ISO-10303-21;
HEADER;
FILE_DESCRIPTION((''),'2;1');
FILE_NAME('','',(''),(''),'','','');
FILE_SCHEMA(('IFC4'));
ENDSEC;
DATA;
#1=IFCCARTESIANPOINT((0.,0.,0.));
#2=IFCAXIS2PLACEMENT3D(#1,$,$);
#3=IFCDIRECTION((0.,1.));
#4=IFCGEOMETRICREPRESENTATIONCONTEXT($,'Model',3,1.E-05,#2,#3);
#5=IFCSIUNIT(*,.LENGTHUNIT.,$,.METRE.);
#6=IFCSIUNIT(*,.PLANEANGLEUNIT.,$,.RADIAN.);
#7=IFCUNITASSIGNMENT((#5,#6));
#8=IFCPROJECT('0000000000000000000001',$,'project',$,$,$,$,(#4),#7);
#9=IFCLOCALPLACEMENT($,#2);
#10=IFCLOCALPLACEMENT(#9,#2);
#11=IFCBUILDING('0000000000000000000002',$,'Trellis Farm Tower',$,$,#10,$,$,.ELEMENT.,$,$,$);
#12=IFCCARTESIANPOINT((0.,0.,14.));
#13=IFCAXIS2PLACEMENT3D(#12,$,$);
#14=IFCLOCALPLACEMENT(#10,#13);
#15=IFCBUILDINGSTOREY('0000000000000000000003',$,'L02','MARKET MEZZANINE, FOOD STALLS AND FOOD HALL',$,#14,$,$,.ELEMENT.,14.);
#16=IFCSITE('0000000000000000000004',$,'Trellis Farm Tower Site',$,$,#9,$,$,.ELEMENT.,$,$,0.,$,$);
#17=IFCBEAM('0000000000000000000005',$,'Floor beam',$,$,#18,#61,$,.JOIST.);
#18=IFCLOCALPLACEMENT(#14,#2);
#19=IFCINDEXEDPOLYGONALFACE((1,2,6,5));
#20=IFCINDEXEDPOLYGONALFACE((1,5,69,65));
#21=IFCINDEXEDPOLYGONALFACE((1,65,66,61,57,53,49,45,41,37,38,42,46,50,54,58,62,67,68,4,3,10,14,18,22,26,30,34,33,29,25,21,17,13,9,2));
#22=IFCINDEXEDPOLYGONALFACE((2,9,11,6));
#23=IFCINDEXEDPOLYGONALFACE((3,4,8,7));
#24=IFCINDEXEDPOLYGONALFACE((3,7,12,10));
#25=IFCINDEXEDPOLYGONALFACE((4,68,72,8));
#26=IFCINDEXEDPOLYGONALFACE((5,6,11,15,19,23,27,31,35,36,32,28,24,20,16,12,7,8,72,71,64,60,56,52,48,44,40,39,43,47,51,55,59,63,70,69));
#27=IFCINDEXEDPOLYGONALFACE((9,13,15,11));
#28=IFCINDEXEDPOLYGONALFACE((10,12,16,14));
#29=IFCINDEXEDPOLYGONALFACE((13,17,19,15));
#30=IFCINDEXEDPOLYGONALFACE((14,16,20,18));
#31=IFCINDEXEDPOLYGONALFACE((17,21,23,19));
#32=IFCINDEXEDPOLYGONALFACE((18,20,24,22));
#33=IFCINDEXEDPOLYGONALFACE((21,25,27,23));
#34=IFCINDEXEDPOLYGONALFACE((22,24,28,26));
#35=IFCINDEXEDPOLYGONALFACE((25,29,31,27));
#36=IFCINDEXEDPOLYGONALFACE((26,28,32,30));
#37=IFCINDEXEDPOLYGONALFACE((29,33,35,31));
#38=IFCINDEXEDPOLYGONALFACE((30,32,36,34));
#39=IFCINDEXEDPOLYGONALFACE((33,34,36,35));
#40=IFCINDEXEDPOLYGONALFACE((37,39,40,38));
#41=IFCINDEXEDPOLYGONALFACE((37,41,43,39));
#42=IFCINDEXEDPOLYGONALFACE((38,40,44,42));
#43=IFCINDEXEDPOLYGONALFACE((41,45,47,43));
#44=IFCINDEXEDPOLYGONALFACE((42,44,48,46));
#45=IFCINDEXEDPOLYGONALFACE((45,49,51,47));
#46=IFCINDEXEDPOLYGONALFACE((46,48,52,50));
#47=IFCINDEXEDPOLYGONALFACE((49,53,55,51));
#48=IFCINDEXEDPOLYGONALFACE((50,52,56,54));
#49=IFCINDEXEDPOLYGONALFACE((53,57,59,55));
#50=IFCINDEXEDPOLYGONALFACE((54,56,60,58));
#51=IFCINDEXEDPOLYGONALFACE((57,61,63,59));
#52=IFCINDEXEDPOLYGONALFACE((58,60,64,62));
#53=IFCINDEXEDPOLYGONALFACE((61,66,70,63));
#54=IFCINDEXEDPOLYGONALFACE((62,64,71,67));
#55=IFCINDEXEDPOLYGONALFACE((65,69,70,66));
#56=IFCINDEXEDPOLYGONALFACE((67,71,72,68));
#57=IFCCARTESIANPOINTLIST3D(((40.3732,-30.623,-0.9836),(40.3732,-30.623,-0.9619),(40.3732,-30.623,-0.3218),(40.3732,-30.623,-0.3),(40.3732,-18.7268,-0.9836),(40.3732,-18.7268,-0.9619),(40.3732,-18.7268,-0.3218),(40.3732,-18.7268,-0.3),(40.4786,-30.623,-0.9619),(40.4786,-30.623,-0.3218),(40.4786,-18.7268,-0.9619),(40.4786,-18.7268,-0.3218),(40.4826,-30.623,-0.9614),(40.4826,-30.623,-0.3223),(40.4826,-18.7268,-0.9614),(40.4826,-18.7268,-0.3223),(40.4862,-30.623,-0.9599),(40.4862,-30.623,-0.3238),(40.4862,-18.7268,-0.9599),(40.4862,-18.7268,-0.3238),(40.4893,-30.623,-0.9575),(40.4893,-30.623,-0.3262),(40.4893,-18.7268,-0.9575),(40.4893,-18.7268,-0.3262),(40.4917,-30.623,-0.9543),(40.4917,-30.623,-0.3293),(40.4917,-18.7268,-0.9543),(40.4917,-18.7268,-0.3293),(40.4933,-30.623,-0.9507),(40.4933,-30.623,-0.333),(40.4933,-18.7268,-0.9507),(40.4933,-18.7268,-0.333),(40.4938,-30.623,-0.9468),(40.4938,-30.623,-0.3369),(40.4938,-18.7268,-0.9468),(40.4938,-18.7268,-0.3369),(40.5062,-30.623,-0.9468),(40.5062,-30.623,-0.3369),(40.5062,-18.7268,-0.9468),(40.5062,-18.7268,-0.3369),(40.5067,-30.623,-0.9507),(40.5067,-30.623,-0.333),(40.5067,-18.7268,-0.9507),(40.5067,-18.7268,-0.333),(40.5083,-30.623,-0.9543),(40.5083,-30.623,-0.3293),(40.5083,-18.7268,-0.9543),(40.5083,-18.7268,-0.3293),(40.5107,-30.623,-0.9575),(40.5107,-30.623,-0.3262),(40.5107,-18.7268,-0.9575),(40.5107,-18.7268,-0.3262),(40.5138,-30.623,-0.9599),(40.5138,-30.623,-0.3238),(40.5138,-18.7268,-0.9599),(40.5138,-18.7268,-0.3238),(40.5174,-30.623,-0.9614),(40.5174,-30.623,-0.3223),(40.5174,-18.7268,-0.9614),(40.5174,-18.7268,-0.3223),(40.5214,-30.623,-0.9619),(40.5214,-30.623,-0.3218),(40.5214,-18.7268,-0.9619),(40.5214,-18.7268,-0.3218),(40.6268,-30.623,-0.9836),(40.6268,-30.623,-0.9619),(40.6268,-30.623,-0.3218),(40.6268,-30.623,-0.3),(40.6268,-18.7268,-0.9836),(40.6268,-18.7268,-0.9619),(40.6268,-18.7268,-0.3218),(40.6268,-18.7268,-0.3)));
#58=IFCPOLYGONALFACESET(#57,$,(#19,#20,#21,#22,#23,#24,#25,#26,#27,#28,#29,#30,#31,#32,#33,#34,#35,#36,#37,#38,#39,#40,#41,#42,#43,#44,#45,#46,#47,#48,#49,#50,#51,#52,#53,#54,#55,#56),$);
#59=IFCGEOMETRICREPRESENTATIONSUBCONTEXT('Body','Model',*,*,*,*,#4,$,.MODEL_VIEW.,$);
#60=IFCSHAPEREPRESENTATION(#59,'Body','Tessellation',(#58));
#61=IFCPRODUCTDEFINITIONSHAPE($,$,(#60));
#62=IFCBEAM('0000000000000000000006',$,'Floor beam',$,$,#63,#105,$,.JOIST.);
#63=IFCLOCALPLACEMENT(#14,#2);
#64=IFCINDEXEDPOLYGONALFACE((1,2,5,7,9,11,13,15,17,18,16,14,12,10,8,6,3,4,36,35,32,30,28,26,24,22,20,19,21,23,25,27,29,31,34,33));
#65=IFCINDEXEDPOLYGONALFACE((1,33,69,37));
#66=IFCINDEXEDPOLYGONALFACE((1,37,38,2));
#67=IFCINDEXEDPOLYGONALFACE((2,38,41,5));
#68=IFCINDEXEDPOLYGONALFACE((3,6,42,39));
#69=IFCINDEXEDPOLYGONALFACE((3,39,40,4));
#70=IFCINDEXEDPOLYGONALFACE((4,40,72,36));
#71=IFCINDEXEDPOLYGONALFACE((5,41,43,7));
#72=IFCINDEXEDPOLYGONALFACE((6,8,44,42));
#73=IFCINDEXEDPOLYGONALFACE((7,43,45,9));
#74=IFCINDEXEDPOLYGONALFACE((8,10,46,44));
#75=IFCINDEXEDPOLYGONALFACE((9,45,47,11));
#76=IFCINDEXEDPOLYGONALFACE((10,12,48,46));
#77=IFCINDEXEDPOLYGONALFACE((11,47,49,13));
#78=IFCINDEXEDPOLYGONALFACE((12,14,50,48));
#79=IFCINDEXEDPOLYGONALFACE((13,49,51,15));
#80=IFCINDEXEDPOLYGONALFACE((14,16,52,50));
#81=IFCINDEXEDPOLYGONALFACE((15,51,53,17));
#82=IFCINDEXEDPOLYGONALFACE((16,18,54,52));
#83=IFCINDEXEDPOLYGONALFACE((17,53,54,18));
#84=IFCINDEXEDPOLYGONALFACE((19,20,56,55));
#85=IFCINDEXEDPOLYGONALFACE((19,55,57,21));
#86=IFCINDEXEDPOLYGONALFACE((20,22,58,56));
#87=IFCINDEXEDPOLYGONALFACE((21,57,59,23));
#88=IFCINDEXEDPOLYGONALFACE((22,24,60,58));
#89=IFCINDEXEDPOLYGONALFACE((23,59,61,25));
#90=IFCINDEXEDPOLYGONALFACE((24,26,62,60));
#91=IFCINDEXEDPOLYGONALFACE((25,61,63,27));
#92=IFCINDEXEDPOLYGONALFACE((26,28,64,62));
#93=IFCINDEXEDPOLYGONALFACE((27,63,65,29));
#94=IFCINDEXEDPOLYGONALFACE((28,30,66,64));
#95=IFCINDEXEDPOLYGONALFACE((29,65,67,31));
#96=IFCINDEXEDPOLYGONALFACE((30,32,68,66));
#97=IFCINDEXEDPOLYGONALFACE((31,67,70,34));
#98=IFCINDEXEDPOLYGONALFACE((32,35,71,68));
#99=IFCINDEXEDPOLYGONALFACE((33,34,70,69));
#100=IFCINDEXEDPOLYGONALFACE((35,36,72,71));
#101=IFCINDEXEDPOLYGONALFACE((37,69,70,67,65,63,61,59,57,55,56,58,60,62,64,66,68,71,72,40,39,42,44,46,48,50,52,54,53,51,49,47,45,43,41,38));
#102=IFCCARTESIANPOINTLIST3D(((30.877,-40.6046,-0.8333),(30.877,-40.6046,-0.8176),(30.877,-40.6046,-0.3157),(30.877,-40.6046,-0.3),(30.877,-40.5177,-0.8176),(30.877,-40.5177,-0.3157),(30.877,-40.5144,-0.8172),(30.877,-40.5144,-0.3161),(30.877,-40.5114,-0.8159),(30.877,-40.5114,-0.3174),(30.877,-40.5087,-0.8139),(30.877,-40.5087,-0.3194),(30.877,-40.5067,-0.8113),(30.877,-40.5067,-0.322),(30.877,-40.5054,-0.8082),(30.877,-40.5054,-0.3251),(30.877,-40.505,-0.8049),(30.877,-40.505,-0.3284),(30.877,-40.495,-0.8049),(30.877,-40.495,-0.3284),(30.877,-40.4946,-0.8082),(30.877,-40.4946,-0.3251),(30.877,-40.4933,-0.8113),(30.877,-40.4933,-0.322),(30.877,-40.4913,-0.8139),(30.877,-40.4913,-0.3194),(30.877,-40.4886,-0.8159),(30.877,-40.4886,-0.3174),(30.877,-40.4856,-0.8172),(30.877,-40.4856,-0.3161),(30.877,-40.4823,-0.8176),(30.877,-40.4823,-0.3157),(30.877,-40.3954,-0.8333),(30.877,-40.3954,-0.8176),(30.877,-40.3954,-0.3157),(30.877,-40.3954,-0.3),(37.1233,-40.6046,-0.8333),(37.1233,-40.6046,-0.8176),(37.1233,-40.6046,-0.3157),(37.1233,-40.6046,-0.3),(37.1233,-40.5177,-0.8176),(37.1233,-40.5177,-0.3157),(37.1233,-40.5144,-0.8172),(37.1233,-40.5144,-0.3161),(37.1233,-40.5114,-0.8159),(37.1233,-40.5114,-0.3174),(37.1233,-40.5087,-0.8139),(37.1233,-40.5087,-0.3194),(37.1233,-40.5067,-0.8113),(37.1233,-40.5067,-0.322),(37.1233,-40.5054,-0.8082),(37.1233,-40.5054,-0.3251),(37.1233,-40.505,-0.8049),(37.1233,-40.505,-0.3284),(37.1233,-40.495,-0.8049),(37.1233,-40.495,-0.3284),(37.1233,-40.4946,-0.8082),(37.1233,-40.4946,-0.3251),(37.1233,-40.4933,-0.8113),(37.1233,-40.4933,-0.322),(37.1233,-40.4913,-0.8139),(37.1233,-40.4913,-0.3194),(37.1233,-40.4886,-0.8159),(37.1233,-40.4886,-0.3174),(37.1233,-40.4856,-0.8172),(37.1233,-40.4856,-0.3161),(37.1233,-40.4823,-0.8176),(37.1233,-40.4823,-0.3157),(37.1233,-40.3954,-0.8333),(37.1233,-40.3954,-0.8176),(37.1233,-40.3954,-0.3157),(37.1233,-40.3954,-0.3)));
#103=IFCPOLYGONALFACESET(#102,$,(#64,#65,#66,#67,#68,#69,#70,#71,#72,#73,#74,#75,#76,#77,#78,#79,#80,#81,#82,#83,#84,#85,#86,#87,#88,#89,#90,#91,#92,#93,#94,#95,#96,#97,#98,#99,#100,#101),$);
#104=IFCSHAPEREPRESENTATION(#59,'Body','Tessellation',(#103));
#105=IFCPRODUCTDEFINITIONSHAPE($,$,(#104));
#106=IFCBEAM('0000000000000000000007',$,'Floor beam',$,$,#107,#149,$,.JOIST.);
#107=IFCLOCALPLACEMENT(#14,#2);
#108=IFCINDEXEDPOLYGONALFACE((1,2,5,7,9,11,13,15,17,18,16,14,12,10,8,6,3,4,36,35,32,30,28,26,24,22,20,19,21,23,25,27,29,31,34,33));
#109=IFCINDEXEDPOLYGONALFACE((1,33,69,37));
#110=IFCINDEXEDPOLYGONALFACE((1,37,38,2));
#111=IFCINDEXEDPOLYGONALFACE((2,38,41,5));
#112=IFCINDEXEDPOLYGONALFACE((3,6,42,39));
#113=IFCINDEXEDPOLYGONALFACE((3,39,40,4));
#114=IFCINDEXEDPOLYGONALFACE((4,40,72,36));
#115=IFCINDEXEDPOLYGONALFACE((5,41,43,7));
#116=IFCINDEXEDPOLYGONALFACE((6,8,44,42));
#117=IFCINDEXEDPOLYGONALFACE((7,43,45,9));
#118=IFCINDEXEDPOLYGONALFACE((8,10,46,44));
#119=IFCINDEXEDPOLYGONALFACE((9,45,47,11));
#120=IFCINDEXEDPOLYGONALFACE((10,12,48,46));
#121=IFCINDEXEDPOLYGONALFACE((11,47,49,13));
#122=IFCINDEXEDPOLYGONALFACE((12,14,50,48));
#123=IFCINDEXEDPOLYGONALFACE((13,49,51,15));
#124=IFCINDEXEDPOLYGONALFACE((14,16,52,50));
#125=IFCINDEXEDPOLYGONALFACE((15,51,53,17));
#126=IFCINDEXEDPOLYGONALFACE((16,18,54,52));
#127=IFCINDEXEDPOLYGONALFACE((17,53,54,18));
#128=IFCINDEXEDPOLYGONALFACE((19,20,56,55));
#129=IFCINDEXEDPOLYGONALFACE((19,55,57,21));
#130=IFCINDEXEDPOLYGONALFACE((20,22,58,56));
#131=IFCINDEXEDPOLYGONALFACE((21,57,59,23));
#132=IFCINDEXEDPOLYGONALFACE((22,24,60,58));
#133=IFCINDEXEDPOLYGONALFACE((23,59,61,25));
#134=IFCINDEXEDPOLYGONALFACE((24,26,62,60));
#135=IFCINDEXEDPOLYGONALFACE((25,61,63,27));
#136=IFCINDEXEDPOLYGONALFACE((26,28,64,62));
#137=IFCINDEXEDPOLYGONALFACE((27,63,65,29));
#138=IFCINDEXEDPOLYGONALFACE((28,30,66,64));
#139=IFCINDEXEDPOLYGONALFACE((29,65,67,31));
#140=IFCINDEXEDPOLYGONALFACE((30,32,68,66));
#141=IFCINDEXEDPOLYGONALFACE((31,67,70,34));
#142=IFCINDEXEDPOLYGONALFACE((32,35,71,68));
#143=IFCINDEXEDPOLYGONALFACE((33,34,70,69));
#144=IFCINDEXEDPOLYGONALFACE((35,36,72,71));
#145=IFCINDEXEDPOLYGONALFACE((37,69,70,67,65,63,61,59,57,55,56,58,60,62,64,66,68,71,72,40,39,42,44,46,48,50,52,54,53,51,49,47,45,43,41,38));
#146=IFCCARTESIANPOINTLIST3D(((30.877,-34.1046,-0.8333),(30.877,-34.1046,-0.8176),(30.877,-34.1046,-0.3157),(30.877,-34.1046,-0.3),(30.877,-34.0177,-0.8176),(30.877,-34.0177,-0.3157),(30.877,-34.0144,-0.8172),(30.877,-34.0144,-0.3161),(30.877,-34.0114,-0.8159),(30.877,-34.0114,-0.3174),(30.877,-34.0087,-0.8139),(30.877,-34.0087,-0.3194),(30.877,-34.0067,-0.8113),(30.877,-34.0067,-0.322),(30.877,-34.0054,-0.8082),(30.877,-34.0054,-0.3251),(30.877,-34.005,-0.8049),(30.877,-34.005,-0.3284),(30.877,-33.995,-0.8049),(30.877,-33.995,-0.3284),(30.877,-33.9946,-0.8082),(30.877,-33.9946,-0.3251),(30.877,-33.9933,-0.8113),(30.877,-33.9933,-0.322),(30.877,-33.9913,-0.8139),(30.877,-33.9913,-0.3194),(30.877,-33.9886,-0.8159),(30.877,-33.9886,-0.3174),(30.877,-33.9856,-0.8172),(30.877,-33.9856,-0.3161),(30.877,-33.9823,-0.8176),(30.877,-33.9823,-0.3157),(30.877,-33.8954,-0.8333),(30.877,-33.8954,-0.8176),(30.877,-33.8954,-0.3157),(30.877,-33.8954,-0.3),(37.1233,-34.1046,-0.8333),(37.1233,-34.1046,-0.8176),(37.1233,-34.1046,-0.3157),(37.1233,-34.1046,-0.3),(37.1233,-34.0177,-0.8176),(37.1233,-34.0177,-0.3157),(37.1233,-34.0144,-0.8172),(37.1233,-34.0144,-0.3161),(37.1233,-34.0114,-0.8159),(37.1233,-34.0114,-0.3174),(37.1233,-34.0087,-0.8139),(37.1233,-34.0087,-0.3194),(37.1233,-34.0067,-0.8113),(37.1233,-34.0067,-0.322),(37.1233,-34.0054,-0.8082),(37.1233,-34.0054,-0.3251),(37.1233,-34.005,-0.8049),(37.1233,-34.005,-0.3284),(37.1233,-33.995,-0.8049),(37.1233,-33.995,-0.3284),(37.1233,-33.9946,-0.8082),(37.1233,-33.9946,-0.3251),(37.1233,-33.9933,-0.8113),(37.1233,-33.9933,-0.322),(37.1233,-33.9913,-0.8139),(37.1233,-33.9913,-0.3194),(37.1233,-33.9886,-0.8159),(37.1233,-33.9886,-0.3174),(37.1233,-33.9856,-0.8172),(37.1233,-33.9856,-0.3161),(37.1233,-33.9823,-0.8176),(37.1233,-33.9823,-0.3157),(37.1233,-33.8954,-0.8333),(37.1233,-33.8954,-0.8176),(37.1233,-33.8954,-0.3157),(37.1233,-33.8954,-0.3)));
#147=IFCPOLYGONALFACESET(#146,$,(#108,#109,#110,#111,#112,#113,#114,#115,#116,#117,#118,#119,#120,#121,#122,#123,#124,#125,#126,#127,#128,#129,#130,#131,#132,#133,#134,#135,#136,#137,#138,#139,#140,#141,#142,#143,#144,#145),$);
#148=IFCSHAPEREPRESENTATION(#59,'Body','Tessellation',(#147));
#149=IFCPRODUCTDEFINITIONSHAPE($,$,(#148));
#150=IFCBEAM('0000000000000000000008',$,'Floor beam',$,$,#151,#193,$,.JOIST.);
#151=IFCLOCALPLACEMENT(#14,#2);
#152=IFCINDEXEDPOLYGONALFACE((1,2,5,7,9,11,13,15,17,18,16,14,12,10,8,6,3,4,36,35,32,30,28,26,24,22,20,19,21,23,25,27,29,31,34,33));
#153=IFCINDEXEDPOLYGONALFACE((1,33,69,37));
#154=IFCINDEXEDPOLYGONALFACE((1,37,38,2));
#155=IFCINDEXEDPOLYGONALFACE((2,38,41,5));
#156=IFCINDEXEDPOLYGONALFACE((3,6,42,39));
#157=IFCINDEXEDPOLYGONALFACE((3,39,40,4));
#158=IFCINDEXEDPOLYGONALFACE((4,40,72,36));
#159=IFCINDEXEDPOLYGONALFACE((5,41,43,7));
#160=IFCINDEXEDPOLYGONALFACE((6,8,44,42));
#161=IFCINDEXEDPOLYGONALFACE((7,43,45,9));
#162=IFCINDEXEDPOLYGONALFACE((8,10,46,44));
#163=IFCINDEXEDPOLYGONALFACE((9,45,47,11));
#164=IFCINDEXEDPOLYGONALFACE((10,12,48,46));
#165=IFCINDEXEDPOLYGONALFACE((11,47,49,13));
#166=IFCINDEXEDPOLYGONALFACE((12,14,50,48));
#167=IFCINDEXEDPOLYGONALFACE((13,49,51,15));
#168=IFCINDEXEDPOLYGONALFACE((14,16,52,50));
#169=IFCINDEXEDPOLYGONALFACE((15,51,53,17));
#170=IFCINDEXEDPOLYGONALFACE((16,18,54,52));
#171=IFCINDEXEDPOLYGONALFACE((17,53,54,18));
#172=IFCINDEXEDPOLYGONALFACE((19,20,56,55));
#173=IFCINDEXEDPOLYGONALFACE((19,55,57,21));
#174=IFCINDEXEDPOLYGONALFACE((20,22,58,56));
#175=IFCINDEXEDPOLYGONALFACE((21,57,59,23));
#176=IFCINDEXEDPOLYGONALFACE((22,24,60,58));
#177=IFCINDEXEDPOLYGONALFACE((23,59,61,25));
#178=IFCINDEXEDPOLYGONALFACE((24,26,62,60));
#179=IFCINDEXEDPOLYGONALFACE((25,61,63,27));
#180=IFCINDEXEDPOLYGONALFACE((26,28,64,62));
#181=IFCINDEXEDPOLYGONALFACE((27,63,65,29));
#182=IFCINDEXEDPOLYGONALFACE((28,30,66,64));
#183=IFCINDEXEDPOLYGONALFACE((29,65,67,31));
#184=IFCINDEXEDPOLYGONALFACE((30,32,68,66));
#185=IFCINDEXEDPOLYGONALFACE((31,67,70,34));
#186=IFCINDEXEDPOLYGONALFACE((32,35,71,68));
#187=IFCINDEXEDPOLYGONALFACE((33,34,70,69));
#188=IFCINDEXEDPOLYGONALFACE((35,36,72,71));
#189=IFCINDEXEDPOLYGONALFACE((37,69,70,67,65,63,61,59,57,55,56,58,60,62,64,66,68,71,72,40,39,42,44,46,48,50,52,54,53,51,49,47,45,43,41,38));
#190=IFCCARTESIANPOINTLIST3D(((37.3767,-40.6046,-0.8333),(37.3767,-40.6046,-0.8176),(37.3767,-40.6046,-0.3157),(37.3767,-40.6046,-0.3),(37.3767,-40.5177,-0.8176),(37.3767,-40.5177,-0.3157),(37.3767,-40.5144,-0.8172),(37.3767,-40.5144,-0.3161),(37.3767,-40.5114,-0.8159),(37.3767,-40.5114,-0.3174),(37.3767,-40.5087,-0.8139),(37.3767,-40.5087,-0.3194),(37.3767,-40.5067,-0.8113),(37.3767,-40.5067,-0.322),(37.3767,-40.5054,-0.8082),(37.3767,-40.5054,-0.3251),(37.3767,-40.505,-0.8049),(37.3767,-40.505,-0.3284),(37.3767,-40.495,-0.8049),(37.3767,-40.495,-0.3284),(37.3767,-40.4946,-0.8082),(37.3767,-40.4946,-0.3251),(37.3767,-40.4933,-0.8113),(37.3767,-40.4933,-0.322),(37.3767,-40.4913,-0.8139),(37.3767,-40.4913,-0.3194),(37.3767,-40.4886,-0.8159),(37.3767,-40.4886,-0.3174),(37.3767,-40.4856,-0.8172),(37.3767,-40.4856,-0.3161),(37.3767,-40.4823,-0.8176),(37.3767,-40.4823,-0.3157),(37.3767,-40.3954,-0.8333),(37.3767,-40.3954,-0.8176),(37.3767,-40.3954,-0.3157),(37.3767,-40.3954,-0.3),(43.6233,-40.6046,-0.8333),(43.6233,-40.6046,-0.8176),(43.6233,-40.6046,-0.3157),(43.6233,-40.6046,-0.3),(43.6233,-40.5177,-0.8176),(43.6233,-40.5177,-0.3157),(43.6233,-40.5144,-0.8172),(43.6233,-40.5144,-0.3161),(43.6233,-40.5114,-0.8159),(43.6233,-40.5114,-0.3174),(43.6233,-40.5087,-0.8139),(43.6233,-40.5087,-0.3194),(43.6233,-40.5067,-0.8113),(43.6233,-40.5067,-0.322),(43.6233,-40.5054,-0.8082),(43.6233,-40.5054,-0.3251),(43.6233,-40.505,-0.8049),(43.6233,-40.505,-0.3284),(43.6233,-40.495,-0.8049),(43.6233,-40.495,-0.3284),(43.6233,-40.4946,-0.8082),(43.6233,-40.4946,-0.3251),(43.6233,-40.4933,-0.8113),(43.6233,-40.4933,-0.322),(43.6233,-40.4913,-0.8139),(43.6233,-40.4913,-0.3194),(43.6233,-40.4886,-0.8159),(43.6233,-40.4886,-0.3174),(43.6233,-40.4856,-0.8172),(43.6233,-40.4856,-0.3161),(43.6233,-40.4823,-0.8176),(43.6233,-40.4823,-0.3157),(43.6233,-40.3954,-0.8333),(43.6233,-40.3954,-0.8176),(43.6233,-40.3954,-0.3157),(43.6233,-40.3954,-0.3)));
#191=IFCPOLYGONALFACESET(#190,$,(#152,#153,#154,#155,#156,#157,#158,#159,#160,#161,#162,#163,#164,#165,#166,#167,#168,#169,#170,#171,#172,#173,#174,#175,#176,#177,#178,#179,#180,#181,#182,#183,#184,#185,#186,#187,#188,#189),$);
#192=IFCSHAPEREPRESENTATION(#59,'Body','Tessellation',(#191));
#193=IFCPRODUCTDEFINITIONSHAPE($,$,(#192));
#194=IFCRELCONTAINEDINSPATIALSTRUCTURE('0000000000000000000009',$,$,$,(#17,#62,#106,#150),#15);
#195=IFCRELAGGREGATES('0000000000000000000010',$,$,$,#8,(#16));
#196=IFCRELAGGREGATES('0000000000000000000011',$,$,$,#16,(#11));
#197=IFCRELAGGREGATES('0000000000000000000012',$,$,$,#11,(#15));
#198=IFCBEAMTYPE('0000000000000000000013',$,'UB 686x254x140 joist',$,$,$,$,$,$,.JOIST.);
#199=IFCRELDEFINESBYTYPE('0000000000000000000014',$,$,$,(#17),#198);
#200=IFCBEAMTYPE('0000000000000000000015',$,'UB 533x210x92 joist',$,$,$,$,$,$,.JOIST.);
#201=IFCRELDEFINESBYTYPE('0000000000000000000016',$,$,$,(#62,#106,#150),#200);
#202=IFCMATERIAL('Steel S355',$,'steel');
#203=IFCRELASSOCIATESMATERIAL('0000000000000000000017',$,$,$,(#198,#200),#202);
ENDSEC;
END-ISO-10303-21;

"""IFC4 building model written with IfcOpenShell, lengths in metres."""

from ifc_helpers import new_model, si_unit, direction, frame, origin, origin_2d, place, context, subcontext, project, spatial, i_section, extrude, source, transform, mapped, material, material_profile, profile_set, type_object, element, save


model = new_model("IFC4")

# Units and contexts
model_context = context("Model", 3, precision=1e-05, world=origin(), true_north=direction((0.0, 1.0)))
body_context = subcontext(model_context, "Body", "Model", "MODEL_VIEW")
ifc_project = project(units=[si_unit("LENGTHUNIT", "METRE"), si_unit("PLANEANGLEUNIT", "RADIAN")], contexts=[model_context])

# Site, building, storey
site_placement = place(None, origin())
site = spatial("IfcSite", under=ifc_project, at=site_placement, Name="Trellis Farm Tower Site", CompositionType="ELEMENT", RefElevation=0.0)
building_placement = place(site_placement, origin())
building = spatial("IfcBuilding", under=site, at=building_placement, Name="Trellis Farm Tower", CompositionType="ELEMENT")
storey_placement = place(building_placement, frame((0.0, 0.0, 14.0)))
storey = spatial("IfcBuildingStorey", under=building, at=storey_placement, Name="L02", Description="MARKET MEZZANINE, FOOD STALLS AND FOOD HALL", CompositionType="ELEMENT", Elevation=14.0)

# Beams
ifc_material_1 = material(Name="Steel S355", Category="steel")
ifc_material_profile_1 = material_profile(ifc_material_1, i_section(OverallWidth=0.2537, OverallDepth=0.6836, WebThickness=0.0125, FlangeThickness=0.0217, FilletRadius=0.0151, at=origin_2d()), Name="UB 686x254x140")
ifc_profile_set_1 = profile_set([ifc_material_profile_1], Name="Steel S355")
beam_type_1 = type_object("IfcBeamType", Name="UB 686x254x140 joist", PredefinedType="JOIST", material=ifc_profile_set_1)
shared_shape_1 = source(origin(), body_context, "Body", "SweptSolid", [
    extrude(i_section(OverallWidth=0.2537, OverallDepth=0.6836, WebThickness=0.0125, FlangeThickness=0.0217, FilletRadius=0.0151, at=origin_2d()), origin(), (0.0, 0.0, 1.0), 11.8962),
])
for number, where, z_axis, x_axis, name in (
    (1, (40.5, -30.623, -0.6418), (0.0, 1.0, 0.0), (-1.0, 0.0, 0.0), "Floor beam"),
):
    element("IfcBeam", number, at=place(storey_placement, frame(where, z_axis=z_axis, x_axis=x_axis)), inside=storey, type_object=beam_type_1, Name=name, PredefinedType="JOIST", context=body_context, shape_type="MappedRepresentation", body=[
        mapped(shared_shape_1, transform((0.0, 0.0, 0.0))),
    ])
ifc_material_profile_2 = material_profile(ifc_material_1, i_section(OverallWidth=0.2092, OverallDepth=0.5332, WebThickness=0.01, FlangeThickness=0.0156, FilletRadius=0.0127, at=origin_2d()), Name="UB 533x210x92")
ifc_profile_set_2 = profile_set([ifc_material_profile_2], Name="Steel S355")
beam_type_2 = type_object("IfcBeamType", Name="UB 533x210x92 joist", PredefinedType="JOIST", material=ifc_profile_set_2)
shared_shape_2 = source(origin(), body_context, "Body", "SweptSolid", [
    extrude(i_section(OverallWidth=0.2092, OverallDepth=0.5332, WebThickness=0.01, FlangeThickness=0.0156, FilletRadius=0.0127, at=origin_2d()), origin(), (0.0, 0.0, 1.0), 6.2463),
])
for number, where, z_axis, x_axis, name in (
    (2, (30.877, -40.5, -0.5667), (1.0, 0.0, 0.0), (0.0, 1.0, 0.0), "Floor beam"),
    (3, (30.877, -34.0, -0.5667), (1.0, 0.0, 0.0), (0.0, 1.0, 0.0), "Floor beam"),
):
    element("IfcBeam", number, at=place(storey_placement, frame(where, z_axis=z_axis, x_axis=x_axis)), inside=storey, type_object=beam_type_2, Name=name, PredefinedType="JOIST", context=body_context, shape_type="MappedRepresentation", body=[
        mapped(shared_shape_2, transform((0.0, 0.0, 0.0))),
    ])
shared_shape_3 = source(origin(), body_context, "Body", "SweptSolid", [
    extrude(i_section(OverallWidth=0.2092, OverallDepth=0.5332, WebThickness=0.01, FlangeThickness=0.0156, FilletRadius=0.0127, at=origin_2d()), origin(), (0.0, 0.0, 1.0), 6.2466),
])
for number, where, z_axis, x_axis, name in (
    (4, (37.3767, -40.5, -0.5667), (1.0, 0.0, 0.0), (0.0, 1.0, 0.0), "Floor beam"),
):
    element("IfcBeam", number, at=place(storey_placement, frame(where, z_axis=z_axis, x_axis=x_axis)), inside=storey, type_object=beam_type_2, Name=name, PredefinedType="JOIST", context=body_context, shape_type="MappedRepresentation", body=[
        mapped(shared_shape_3, transform((0.0, 0.0, 0.0))),
    ])

save(model, "model.ifc")
